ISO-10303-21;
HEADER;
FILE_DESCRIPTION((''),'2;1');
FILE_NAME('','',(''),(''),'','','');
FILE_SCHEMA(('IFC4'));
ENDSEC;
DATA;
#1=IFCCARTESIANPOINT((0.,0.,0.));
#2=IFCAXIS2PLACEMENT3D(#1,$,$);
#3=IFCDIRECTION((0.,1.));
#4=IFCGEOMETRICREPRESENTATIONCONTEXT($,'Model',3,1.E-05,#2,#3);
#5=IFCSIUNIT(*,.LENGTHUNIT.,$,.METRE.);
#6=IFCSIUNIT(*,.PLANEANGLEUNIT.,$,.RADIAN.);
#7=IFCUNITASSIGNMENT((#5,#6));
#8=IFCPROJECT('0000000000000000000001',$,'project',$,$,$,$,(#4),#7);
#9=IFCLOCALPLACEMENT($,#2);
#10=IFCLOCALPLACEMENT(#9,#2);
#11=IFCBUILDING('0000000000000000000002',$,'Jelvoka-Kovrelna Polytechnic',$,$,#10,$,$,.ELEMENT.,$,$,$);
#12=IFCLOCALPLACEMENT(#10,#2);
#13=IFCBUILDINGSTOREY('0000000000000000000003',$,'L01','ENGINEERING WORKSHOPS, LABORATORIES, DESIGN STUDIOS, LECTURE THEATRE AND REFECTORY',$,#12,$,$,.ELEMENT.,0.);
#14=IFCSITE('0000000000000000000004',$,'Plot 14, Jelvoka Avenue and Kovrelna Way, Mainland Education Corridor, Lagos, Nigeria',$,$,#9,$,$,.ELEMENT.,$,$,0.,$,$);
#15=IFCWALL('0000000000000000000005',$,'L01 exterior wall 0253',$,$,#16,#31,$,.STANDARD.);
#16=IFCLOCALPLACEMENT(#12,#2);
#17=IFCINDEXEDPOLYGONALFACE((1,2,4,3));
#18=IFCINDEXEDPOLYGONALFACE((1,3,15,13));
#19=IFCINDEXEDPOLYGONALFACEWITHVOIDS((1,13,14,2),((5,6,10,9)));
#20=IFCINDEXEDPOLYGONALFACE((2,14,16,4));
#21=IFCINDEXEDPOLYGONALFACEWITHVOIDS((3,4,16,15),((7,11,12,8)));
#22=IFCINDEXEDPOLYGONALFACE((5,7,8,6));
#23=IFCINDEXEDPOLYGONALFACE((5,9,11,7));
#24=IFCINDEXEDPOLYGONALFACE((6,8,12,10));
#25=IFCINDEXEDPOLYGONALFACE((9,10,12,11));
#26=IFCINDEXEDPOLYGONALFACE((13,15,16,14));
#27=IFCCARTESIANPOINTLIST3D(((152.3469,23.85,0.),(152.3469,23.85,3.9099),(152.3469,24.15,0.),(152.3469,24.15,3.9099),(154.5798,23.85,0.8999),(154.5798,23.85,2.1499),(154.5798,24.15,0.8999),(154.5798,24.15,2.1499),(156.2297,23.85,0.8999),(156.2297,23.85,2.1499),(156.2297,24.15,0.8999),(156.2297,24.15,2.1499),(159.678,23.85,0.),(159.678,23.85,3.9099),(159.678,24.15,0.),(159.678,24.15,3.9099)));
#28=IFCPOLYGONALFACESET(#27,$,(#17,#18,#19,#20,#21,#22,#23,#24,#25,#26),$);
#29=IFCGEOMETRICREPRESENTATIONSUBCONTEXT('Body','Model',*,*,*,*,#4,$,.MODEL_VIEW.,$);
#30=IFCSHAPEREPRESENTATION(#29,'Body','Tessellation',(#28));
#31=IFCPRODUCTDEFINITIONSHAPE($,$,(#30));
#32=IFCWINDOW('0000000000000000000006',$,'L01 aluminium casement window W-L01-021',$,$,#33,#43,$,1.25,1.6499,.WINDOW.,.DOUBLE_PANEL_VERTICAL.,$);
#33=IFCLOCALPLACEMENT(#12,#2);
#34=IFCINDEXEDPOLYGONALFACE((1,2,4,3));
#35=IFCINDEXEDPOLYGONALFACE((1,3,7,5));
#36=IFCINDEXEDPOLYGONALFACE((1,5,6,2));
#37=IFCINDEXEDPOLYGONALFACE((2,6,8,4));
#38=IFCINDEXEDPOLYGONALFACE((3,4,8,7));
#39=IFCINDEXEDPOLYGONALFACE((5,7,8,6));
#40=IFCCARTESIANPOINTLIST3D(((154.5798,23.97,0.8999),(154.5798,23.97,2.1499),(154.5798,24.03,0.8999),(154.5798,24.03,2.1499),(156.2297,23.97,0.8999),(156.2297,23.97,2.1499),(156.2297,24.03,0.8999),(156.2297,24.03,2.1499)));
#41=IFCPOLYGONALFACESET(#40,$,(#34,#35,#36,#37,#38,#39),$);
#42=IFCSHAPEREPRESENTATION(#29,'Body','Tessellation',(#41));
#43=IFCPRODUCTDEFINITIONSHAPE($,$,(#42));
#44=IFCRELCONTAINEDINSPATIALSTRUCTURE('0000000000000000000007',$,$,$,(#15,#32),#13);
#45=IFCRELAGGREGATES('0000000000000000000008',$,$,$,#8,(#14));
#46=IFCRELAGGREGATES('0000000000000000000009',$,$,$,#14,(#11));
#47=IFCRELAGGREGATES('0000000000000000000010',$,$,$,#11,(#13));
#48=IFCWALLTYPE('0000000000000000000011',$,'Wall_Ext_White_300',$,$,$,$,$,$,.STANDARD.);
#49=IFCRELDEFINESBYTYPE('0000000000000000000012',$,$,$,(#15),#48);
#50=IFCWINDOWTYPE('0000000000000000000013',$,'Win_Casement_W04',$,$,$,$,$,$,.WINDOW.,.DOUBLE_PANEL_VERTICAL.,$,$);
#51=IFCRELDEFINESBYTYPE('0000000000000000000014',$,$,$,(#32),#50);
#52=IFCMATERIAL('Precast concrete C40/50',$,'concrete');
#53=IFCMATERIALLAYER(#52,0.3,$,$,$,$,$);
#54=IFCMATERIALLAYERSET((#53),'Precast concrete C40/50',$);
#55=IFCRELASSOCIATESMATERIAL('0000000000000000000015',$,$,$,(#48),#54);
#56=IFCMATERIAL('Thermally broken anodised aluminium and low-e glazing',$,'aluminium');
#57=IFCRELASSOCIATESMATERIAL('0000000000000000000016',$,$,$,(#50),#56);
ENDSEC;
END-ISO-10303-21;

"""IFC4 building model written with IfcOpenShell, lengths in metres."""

from ifc_helpers import new_model, si_unit, direction, frame, frame_2d, origin, place, context, subcontext, project, spatial, rectangle, extrude, material, layer, layer_set, type_object, element, fill, save


model = new_model("IFC4")

# Units and contexts
model_context = context("Model", 3, precision=1e-05, world=origin(), true_north=direction((0.0, 1.0)))
body_context = subcontext(model_context, "Body", "Model", "MODEL_VIEW")
ifc_project = project(units=[si_unit("LENGTHUNIT", "METRE"), si_unit("PLANEANGLEUNIT", "RADIAN")], contexts=[model_context])

# Site, building, storey
site_placement = place(None, origin())
site = spatial("IfcSite", under=ifc_project, at=site_placement, Name="Plot 14, Jelvoka Avenue and Kovrelna Way, Mainland Education Corridor, Lagos, Nigeria", CompositionType="ELEMENT", RefElevation=0.0)
building_placement = place(site_placement, origin())
building = spatial("IfcBuilding", under=site, at=building_placement, Name="Jelvoka-Kovrelna Polytechnic", CompositionType="ELEMENT")
storey_placement = place(building_placement, origin())
storey = spatial("IfcBuildingStorey", under=building, at=storey_placement, Name="L01", Description="ENGINEERING WORKSHOPS, LABORATORIES, DESIGN STUDIOS, LECTURE THEATRE AND REFECTORY", CompositionType="ELEMENT", Elevation=0.0)

# Wall, opening, window
ifc_material_1 = material(Name="Precast concrete C40/50", Category="concrete")
ifc_layer_1 = layer(ifc_material_1, 0.3)
ifc_layer_set_1 = layer_set([ifc_layer_1], Name="Precast concrete C40/50")
wall_type = type_object("IfcWallType", Name="Wall_Ext_White_300", PredefinedType="STANDARD", material=ifc_layer_set_1)
wall_placement = place(storey_placement, frame((152.3469, 24.0, 0.0), z_axis=(0.0, 0.0, 1.0), x_axis=(1.0, 0.0, 0.0)))
wall = element("IfcWall", 1, at=wall_placement, inside=storey, type_object=wall_type, Name="L01 exterior wall 0253", PredefinedType="STANDARD", context=body_context, shape_type="SweptSolid", body=[
    extrude(rectangle(XDim=7.3311, YDim=0.3, at=frame_2d((3.6655, 0.0))), origin(), (0.0, 0.0, 1.0), 3.9099),
])
opening_placement = place(wall_placement, frame((2.2329, 0.0, 0.8999)))
opening = element("IfcOpeningElement", 2, at=opening_placement, cuts=wall, PredefinedType="OPENING", context=body_context, shape_type="SweptSolid", body=[
    extrude(rectangle(XDim=1.6499, YDim=1.25, at=frame_2d((0.825, 0.625))), frame((0.0, 0.1599, 0.0), z_axis=(0.0, -1.0, 0.0), x_axis=(1.0, 0.0, 0.0)), (0.0, 0.0, 1.0), 0.3201),
])
ifc_material_2 = material(Name="Thermally broken anodised aluminium and low-e glazing", Category="aluminium")
window_type = type_object("IfcWindowType", Name="Win_Casement_W04", PartitioningType="DOUBLE_PANEL_VERTICAL", PredefinedType="WINDOW", material=ifc_material_2)
window_placement = place(opening_placement, origin())
window = element("IfcWindow", 3, at=window_placement, inside=storey, type_object=window_type, Name="L01 aluminium casement window W-L01-021", OverallHeight=1.25, OverallWidth=1.6499, PartitioningType="DOUBLE_PANEL_VERTICAL", PredefinedType="WINDOW", context=body_context, shape_type="SweptSolid", body=[
    extrude(rectangle(XDim=1.6499, YDim=1.25, at=frame_2d((0.825, 0.625))), frame((0.0, 0.03, 0.0), z_axis=(0.0, -1.0, 0.0), x_axis=(1.0, 0.0, 0.0)), (0.0, 0.0, 1.0), 0.0601),
])
fill(opening, window)

save(model, "model.ifc")
